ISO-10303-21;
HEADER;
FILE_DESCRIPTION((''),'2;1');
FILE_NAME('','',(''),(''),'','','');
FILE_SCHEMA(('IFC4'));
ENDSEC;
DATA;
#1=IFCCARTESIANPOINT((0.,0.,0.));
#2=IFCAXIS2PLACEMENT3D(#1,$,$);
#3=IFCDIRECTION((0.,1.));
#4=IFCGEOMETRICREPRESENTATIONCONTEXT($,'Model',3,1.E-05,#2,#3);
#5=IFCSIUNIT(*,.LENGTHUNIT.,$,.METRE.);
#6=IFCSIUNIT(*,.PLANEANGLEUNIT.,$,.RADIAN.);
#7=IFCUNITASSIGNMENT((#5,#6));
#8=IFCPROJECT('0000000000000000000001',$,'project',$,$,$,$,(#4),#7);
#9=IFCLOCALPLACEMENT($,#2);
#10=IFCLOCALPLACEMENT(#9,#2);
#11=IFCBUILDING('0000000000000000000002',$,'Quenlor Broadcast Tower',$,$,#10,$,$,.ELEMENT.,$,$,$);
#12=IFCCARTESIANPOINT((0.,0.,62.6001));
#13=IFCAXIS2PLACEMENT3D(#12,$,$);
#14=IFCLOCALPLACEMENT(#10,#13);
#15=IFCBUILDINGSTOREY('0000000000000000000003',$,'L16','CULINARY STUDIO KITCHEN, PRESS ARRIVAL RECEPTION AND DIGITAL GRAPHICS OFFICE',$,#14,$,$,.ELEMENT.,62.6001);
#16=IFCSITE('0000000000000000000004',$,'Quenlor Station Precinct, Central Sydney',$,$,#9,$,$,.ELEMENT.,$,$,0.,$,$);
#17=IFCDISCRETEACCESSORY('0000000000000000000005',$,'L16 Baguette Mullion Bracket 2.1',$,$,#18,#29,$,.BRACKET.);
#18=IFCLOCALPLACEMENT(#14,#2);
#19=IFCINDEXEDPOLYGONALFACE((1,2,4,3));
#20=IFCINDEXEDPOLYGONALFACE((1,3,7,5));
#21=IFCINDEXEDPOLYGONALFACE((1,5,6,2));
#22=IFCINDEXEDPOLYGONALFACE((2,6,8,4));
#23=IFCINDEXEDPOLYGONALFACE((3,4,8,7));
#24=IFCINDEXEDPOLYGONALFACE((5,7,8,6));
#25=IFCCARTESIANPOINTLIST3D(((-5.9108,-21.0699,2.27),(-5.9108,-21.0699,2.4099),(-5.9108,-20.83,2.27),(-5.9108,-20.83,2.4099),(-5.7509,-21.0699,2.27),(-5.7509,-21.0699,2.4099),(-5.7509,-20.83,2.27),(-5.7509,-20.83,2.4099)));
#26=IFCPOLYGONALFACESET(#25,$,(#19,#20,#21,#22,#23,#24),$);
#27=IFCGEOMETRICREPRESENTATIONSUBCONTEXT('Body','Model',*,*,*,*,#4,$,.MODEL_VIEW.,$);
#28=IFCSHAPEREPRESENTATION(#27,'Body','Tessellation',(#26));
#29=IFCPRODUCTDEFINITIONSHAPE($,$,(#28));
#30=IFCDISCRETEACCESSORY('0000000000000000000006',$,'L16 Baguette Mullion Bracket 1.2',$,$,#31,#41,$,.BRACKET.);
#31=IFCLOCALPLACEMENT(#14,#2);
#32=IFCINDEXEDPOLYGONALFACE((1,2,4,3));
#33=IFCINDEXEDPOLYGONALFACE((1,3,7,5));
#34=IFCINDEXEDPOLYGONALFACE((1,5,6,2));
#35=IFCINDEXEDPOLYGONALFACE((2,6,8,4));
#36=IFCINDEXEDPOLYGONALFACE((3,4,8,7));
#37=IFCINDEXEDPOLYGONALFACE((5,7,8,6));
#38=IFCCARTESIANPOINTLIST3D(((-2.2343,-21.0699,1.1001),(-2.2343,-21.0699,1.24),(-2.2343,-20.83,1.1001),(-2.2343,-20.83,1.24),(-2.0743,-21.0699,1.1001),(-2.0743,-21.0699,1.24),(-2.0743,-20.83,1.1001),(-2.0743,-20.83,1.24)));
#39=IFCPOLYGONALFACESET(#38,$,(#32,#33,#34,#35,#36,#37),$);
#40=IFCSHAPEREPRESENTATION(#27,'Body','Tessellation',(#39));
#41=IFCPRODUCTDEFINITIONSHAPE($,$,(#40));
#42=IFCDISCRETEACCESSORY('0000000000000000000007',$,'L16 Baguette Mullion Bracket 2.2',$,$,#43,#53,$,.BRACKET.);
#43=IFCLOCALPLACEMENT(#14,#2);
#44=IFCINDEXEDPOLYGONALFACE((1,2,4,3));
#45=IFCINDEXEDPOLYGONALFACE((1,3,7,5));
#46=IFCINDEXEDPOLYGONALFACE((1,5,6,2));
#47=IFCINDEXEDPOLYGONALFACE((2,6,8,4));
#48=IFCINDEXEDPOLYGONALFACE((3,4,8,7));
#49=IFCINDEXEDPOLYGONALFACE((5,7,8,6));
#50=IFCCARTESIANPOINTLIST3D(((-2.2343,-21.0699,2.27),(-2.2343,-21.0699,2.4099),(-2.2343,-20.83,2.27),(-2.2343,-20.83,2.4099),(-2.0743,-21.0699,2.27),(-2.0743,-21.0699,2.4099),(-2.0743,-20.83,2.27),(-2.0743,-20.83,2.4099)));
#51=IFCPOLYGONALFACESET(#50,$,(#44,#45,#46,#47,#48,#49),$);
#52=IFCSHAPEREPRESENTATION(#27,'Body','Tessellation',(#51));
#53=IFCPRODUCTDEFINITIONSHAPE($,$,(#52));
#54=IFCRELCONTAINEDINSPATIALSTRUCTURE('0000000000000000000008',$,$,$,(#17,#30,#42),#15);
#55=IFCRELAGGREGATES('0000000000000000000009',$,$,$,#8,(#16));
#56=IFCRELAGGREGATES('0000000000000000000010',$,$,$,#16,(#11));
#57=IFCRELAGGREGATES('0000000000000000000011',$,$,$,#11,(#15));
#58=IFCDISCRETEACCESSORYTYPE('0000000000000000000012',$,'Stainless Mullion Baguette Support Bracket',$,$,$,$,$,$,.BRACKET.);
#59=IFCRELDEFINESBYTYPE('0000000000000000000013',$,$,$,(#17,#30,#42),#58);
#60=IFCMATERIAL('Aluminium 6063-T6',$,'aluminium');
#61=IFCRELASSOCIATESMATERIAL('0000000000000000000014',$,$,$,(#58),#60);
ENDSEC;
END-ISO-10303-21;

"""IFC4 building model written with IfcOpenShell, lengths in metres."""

from ifc_helpers import new_model, si_unit, direction, frame, origin, origin_2d, place, context, subcontext, project, spatial, rectangle, extrude, material, type_object, element, save


model = new_model("IFC4")

# Units and contexts
model_context = context("Model", 3, precision=1e-05, world=origin(), true_north=direction((0.0, 1.0)))
body_context = subcontext(model_context, "Body", "Model", "MODEL_VIEW")
ifc_project = project(units=[si_unit("LENGTHUNIT", "METRE"), si_unit("PLANEANGLEUNIT", "RADIAN")], contexts=[model_context])

# Site, building, storey
site_placement = place(None, origin())
site = spatial("IfcSite", under=ifc_project, at=site_placement, Name="Quenlor Station Precinct, Central Sydney", CompositionType="ELEMENT", RefElevation=0.0)
building_placement = place(site_placement, origin())
building = spatial("IfcBuilding", under=site, at=building_placement, Name="Quenlor Broadcast Tower", CompositionType="ELEMENT")
storey_placement = place(building_placement, frame((0.0, 0.0, 62.6001)))
storey = spatial("IfcBuildingStorey", under=building, at=storey_placement, Name="L16", Description="CULINARY STUDIO KITCHEN, PRESS ARRIVAL RECEPTION AND DIGITAL GRAPHICS OFFICE", CompositionType="ELEMENT", Elevation=62.6001)

# Discrete accessories
ifc_material_1 = material(Name="Aluminium 6063-T6", Category="aluminium")
discrete_accessory_type = type_object("IfcDiscreteAccessoryType", Name="Stainless Mullion Baguette Support Bracket", PredefinedType="BRACKET", material=ifc_material_1)
for number, where, z_axis, x_axis, name in (
    (1, (-5.8308, -20.95, 2.27), (0.0, 0.0, 1.0), (-1.0, 0.0, 0.0), "L16 Baguette Mullion Bracket 2.1"),
    (2, (-2.1543, -20.95, 1.1001), (0.0, 0.0, 1.0), (-1.0, 0.0, 0.0), "L16 Baguette Mullion Bracket 1.2"),
    (3, (-2.1543, -20.95, 2.27), (0.0, 0.0, 1.0), (-1.0, 0.0, 0.0), "L16 Baguette Mullion Bracket 2.2"),
):
    element("IfcDiscreteAccessory", number, at=place(storey_placement, frame(where, z_axis=z_axis, x_axis=x_axis)), inside=storey, type_object=discrete_accessory_type, Name=name, PredefinedType="BRACKET", context=body_context, shape_type="SweptSolid", body=[
        extrude(rectangle(XDim=0.1599, YDim=0.24, at=origin_2d()), origin(), (0.0, 0.0, 1.0), 0.1399),
    ])

save(model, "model.ifc")
